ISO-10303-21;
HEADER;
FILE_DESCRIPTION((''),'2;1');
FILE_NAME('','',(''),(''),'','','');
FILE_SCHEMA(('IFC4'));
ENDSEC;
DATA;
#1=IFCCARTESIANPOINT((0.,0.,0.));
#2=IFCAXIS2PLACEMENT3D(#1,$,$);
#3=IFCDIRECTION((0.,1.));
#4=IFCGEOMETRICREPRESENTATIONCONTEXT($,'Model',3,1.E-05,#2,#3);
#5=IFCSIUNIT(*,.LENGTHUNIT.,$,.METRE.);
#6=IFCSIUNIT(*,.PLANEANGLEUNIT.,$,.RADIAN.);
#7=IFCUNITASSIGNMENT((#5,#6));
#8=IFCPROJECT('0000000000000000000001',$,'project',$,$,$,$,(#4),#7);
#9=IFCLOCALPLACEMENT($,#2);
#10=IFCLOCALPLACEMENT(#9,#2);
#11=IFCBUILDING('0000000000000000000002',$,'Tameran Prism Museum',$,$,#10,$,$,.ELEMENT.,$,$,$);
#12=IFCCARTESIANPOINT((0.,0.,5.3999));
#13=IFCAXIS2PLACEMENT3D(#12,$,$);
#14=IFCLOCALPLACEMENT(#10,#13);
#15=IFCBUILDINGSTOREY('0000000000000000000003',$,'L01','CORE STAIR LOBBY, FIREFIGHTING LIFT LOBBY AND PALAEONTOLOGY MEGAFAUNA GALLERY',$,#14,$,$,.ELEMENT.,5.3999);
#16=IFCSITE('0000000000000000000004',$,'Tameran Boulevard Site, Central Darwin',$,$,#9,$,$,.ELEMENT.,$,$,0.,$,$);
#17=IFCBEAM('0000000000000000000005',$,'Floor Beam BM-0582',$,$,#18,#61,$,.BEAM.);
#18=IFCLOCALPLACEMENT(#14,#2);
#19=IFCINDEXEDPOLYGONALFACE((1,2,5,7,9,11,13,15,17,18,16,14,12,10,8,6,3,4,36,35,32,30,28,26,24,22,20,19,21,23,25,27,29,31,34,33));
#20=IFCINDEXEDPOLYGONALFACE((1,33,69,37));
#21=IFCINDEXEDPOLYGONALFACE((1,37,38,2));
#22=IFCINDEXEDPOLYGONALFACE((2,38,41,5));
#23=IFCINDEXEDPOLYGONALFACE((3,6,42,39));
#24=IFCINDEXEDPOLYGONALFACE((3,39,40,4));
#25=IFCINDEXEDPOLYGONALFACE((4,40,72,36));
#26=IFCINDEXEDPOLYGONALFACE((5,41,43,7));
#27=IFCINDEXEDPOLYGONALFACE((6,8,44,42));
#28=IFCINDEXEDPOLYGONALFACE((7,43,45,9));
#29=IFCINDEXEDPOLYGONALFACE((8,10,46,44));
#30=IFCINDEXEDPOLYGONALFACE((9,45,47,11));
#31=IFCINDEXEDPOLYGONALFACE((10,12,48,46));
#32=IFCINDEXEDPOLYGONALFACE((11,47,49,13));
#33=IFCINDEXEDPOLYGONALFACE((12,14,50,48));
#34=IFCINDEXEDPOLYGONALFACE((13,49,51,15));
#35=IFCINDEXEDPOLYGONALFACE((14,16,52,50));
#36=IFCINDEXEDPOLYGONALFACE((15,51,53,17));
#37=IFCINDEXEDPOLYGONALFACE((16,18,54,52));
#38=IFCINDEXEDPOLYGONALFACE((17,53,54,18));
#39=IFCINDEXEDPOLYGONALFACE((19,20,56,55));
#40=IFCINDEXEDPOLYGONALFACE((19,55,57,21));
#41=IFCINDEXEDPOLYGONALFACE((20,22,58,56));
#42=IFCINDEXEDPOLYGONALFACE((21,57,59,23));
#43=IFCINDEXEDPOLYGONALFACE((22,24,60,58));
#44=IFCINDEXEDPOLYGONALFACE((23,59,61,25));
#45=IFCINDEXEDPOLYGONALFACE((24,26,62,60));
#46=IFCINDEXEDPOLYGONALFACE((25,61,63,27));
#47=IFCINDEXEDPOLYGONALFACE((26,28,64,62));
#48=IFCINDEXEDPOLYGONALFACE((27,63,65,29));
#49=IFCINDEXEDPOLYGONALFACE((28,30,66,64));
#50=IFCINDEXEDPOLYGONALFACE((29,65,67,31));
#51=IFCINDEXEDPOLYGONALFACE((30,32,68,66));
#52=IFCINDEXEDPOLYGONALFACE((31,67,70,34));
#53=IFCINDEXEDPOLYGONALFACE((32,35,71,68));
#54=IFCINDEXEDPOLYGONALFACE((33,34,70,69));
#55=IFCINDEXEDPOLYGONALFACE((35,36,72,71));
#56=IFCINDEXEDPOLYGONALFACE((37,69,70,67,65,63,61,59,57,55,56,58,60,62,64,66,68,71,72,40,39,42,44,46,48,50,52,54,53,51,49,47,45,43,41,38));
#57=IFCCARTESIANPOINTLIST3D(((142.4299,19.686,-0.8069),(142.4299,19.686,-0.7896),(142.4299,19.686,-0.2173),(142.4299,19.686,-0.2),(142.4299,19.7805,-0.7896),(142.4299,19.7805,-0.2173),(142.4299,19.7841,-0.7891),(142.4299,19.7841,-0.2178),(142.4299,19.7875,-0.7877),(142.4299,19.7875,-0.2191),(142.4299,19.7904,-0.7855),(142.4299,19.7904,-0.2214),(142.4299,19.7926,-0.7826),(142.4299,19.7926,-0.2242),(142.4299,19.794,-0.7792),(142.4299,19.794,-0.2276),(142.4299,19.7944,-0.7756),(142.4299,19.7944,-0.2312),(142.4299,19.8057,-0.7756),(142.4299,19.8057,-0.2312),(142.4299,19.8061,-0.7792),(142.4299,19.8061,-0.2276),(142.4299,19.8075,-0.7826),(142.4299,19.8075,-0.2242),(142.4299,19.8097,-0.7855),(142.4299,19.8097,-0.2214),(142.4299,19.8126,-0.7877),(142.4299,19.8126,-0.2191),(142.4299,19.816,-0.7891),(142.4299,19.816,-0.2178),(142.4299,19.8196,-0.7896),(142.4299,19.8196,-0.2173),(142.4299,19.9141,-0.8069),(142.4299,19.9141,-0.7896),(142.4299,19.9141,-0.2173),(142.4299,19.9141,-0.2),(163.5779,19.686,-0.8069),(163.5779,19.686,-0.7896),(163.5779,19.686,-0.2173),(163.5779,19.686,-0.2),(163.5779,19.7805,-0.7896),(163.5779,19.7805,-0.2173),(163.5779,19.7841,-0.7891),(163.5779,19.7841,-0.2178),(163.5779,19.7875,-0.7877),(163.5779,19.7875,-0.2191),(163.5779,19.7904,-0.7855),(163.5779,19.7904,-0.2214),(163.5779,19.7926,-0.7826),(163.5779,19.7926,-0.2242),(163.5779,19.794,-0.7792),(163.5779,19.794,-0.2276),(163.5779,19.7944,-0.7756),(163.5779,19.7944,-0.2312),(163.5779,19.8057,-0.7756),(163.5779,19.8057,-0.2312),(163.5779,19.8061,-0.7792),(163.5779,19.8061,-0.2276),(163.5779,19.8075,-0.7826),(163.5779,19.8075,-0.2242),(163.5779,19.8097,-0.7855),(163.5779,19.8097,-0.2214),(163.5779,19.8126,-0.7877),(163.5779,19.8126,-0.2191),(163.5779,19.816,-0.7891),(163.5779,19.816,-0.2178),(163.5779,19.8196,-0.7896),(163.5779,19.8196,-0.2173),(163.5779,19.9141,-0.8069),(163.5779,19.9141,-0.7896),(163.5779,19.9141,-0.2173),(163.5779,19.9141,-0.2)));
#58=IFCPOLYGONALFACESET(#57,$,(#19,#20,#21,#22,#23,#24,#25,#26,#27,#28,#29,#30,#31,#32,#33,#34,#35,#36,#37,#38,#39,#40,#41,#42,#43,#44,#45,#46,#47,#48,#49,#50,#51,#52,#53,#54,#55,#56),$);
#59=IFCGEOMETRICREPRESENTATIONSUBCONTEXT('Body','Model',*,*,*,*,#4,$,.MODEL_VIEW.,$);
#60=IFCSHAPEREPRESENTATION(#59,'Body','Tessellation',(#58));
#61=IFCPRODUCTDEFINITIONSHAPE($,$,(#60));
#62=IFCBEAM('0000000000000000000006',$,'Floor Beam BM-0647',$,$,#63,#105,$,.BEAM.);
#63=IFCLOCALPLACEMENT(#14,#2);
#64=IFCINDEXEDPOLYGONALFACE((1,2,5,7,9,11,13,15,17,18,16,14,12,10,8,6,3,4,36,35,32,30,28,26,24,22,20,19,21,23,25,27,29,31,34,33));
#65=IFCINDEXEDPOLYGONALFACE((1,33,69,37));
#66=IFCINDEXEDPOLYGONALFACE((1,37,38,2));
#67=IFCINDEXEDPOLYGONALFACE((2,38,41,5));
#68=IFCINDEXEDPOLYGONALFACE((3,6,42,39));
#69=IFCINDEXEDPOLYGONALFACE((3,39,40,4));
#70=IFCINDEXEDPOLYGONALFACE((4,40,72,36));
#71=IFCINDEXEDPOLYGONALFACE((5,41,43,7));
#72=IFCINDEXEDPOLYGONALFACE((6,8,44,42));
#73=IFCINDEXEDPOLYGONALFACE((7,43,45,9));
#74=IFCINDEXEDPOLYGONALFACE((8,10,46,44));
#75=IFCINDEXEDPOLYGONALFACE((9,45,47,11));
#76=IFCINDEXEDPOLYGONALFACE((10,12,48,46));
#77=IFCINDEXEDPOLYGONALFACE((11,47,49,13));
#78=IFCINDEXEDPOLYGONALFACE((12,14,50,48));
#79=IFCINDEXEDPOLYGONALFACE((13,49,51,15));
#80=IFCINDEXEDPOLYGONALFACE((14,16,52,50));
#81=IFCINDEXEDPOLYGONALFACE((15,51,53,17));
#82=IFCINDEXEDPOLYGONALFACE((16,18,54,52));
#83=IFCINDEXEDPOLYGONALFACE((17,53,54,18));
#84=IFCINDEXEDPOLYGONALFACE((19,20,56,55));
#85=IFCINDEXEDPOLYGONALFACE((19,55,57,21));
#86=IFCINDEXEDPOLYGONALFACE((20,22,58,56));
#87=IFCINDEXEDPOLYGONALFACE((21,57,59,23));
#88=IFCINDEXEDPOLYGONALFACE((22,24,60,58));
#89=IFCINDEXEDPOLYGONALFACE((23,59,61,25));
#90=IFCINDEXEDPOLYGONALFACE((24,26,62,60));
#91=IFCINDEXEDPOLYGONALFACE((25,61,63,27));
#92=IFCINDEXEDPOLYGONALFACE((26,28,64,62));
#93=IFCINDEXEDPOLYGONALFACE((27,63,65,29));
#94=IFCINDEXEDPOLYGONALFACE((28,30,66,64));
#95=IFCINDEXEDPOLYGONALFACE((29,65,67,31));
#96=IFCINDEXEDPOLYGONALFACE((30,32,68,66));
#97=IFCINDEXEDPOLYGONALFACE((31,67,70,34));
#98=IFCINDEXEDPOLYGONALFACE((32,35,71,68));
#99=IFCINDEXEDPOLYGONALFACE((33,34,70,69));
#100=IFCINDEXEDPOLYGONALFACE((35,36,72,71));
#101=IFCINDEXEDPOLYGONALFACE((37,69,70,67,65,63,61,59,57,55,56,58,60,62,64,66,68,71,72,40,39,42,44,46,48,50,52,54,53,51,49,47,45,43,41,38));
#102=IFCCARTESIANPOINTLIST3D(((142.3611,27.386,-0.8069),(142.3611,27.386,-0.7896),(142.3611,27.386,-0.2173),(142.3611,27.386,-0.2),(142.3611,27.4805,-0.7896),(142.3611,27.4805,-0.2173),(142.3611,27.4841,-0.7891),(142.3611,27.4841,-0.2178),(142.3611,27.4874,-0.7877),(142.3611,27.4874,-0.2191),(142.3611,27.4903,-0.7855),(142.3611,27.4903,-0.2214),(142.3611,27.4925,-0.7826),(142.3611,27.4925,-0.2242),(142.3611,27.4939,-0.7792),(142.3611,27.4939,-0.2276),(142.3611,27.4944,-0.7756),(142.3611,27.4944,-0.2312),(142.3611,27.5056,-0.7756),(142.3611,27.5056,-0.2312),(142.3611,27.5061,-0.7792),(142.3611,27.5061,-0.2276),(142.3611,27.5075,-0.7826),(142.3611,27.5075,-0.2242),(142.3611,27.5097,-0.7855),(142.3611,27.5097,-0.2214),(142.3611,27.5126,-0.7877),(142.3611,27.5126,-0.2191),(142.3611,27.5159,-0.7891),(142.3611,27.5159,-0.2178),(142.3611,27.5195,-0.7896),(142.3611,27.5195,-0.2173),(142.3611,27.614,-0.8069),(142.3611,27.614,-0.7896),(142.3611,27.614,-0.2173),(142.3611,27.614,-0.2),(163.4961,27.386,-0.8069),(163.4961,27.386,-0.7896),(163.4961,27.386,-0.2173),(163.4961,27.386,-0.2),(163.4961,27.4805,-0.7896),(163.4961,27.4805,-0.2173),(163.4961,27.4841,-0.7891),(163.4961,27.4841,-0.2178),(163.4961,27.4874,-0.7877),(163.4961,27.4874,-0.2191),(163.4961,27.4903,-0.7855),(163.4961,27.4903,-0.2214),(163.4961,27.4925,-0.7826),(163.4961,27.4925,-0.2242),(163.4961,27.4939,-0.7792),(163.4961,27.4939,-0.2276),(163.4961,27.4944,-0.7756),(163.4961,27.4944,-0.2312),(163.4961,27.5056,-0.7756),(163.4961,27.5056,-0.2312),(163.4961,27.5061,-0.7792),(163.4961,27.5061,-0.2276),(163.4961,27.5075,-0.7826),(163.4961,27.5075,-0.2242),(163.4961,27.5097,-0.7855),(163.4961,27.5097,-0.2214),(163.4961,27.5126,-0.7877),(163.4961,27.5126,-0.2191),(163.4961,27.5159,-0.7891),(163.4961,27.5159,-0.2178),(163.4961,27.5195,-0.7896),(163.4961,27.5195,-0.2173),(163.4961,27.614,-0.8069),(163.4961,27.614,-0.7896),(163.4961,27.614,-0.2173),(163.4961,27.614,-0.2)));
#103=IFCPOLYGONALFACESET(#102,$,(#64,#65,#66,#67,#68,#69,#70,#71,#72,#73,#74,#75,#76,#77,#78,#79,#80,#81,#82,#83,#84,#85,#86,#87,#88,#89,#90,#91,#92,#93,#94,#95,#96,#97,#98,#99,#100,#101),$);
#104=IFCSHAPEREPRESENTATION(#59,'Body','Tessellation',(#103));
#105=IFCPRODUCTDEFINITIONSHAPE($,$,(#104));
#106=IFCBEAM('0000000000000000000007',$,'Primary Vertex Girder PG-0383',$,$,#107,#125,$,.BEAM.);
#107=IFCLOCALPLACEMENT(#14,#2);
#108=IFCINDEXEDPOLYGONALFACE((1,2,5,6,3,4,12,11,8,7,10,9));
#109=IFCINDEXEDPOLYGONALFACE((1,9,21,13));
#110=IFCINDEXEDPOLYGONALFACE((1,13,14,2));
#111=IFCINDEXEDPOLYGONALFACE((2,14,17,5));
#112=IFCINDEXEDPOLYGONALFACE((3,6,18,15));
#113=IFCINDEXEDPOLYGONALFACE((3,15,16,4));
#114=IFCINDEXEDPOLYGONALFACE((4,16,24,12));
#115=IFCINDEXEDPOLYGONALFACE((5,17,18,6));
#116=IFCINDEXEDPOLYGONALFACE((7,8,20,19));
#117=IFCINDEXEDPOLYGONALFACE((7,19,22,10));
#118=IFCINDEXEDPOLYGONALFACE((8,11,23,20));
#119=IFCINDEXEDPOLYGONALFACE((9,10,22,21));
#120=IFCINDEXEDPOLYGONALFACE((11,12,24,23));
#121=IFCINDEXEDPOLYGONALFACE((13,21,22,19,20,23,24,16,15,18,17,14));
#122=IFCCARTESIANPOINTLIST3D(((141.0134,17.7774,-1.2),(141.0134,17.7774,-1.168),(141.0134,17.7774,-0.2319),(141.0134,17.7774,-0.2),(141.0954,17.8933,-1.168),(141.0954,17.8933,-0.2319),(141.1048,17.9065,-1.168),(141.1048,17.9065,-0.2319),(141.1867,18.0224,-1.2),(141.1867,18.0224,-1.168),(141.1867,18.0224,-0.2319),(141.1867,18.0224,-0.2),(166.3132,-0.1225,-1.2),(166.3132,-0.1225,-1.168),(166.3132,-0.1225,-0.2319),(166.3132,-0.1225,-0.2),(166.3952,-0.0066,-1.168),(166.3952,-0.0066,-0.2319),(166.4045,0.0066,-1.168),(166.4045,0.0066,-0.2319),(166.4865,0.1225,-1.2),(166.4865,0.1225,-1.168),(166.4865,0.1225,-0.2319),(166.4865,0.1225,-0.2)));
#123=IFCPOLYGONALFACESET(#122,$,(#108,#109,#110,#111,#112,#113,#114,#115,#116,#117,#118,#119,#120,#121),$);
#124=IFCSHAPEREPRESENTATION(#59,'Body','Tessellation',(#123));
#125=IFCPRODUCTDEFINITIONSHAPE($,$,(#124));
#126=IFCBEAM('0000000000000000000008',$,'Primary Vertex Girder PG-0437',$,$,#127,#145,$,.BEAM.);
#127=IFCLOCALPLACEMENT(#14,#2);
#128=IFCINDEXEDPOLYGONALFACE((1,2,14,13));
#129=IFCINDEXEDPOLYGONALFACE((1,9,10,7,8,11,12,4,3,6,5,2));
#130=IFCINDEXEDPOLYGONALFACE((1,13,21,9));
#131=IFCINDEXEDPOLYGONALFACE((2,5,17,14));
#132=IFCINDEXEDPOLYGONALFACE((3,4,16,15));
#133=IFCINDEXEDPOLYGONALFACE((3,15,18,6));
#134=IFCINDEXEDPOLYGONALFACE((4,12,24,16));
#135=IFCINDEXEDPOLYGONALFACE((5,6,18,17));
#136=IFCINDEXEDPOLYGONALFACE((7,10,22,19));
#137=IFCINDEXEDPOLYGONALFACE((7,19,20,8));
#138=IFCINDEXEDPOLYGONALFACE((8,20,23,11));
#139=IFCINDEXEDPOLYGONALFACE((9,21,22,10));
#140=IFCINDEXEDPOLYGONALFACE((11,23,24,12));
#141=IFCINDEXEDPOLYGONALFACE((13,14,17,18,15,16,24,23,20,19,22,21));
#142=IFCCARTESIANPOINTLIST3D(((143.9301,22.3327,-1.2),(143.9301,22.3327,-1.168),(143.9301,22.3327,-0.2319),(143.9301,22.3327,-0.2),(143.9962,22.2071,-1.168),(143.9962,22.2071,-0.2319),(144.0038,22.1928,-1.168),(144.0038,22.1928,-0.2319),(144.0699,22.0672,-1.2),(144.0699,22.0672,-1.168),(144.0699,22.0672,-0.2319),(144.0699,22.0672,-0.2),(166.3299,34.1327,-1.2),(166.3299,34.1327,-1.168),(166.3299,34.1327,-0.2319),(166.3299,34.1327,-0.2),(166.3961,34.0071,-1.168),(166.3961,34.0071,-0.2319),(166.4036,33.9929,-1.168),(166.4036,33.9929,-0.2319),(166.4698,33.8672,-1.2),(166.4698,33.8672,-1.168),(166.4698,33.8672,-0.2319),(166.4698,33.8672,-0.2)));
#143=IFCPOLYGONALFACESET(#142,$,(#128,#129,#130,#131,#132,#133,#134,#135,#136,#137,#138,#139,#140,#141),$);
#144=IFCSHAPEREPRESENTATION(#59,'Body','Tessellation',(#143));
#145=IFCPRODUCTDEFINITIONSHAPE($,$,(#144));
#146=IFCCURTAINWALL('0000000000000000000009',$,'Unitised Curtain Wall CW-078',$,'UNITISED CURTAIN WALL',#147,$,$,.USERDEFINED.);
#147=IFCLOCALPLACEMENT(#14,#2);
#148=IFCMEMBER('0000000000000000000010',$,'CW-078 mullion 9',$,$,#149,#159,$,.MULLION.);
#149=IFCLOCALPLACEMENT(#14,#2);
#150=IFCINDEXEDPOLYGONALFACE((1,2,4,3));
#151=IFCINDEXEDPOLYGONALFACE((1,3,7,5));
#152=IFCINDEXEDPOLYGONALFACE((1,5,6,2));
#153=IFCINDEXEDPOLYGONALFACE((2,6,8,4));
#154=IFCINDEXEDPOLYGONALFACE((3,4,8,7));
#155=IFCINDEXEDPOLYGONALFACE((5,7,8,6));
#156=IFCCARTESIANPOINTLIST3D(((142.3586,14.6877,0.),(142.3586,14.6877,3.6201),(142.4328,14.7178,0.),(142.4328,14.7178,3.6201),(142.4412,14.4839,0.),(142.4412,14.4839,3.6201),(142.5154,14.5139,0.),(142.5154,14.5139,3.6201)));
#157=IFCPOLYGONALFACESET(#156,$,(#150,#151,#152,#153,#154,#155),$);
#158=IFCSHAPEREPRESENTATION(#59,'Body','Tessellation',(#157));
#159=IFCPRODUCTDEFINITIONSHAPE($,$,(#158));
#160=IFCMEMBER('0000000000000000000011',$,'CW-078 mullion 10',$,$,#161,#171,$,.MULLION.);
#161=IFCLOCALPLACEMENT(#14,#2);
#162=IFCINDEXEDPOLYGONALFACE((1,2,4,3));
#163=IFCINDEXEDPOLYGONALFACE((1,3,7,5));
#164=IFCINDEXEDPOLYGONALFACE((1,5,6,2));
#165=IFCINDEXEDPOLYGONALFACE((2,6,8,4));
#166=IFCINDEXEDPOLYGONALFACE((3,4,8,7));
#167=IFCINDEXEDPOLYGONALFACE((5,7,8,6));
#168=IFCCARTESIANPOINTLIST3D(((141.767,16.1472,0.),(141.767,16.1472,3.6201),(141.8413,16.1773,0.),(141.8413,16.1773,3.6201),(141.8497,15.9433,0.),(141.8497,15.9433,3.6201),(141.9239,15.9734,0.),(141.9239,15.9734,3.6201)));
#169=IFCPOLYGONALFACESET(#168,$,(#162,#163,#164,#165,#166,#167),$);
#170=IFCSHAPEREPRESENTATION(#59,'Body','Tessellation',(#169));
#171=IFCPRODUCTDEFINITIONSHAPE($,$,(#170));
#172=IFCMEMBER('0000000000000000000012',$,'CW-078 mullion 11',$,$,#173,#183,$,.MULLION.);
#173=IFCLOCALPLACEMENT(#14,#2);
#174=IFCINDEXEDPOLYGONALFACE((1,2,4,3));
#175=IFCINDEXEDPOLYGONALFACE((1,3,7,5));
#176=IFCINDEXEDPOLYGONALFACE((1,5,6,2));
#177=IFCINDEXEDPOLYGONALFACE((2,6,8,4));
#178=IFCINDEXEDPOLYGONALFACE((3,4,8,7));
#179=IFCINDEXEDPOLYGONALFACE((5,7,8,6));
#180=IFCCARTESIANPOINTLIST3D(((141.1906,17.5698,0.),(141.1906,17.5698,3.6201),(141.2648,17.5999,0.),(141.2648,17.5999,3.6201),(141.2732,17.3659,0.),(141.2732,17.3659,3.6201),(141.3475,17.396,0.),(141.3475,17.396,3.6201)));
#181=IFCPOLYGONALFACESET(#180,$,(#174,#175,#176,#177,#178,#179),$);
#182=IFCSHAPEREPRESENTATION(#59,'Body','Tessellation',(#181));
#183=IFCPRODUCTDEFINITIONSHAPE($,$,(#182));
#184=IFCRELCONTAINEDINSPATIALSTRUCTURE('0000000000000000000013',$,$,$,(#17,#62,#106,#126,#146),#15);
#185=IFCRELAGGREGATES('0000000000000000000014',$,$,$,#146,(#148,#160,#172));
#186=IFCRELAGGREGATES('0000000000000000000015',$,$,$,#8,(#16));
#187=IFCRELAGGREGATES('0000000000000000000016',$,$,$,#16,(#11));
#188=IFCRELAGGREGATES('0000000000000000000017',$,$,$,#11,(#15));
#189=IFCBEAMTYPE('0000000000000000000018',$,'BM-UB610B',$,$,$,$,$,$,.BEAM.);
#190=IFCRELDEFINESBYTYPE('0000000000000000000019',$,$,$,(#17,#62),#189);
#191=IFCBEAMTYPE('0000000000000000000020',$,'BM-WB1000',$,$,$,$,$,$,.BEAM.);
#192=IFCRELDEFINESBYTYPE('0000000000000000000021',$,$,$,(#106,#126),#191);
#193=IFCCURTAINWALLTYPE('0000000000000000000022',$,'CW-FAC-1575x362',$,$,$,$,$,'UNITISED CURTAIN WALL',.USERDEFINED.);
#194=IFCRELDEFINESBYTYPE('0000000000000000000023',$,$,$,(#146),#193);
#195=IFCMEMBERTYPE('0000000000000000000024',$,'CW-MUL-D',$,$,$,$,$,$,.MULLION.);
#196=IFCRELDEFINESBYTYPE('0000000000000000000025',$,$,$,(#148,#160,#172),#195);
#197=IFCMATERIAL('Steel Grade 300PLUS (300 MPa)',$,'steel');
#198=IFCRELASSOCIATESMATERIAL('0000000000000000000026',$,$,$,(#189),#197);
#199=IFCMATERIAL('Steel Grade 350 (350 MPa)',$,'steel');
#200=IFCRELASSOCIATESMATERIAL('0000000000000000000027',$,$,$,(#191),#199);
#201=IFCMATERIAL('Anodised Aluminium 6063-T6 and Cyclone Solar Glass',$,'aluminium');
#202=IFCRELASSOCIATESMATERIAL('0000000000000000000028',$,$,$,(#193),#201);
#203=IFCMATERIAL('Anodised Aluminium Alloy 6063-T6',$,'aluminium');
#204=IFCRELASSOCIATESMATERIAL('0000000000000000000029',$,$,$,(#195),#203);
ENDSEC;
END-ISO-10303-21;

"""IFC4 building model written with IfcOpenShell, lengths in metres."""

from ifc_helpers import new_model, si_unit, direction, frame, origin, origin_2d, place, context, subcontext, project, spatial, rectangle, i_section, extrude, material, material_profile, profile_set, type_object, element, aggregate, save


model = new_model("IFC4")

# Units and contexts
model_context = context("Model", 3, precision=1e-05, world=origin(), true_north=direction((0.0, 1.0)))
body_context = subcontext(model_context, "Body", "Model", "MODEL_VIEW")
ifc_project = project(units=[si_unit("LENGTHUNIT", "METRE"), si_unit("PLANEANGLEUNIT", "RADIAN")], contexts=[model_context])

# Site, building, storey
site_placement = place(None, origin())
site = spatial("IfcSite", under=ifc_project, at=site_placement, Name="Tameran Boulevard Site, Central Darwin", CompositionType="ELEMENT", RefElevation=0.0)
building_placement = place(site_placement, origin())
building = spatial("IfcBuilding", under=site, at=building_placement, Name="Tameran Prism Museum", CompositionType="ELEMENT")
storey_placement = place(building_placement, frame((0.0, 0.0, 5.3999)))
storey = spatial("IfcBuildingStorey", under=building, at=storey_placement, Name="L01", Description="CORE STAIR LOBBY, FIREFIGHTING LIFT LOBBY AND PALAEONTOLOGY MEGAFAUNA GALLERY", CompositionType="ELEMENT", Elevation=5.3999)

# Beams
ifc_material_1 = material(Name="Steel Grade 300PLUS (300 MPa)", Category="steel")
ifc_material_profile_1 = material_profile(ifc_material_1, i_section(OverallWidth=0.228, OverallDepth=0.6069, WebThickness=0.0112, FlangeThickness=0.0173, FilletRadius=0.0139, at=origin_2d()))
ifc_profile_set_1 = profile_set([ifc_material_profile_1])
beam_type_1 = type_object("IfcBeamType", Name="BM-UB610B", PredefinedType="BEAM", material=ifc_profile_set_1)
beam_1_placement = place(storey_placement, frame((142.4299, 19.8, -0.5034), z_axis=(1.0, 0.0, 0.0), x_axis=(0.0, 1.0, 0.0)))
element("IfcBeam", 1, at=beam_1_placement, inside=storey, type_object=beam_type_1, Name="Floor Beam BM-0582", PredefinedType="BEAM", context=body_context, shape_type="SweptSolid", body=[
    extrude(i_section(OverallWidth=0.228, OverallDepth=0.6069, WebThickness=0.0112, FlangeThickness=0.0173, FilletRadius=0.0139, at=origin_2d()), origin(), (0.0, 0.0, 1.0), 21.1479),
])
beam_2_placement = place(storey_placement, frame((142.3611, 27.5, -0.5034), z_axis=(1.0, 0.0, 0.0), x_axis=(0.0, 1.0, 0.0)))
element("IfcBeam", 2, at=beam_2_placement, inside=storey, type_object=beam_type_1, Name="Floor Beam BM-0647", PredefinedType="BEAM", context=body_context, shape_type="SweptSolid", body=[
    extrude(i_section(OverallWidth=0.228, OverallDepth=0.6069, WebThickness=0.0112, FlangeThickness=0.0173, FilletRadius=0.0139, at=origin_2d()), origin(), (0.0, 0.0, 1.0), 21.135),
])
ifc_material_2 = material(Name="Steel Grade 350 (350 MPa)", Category="steel")
ifc_material_profile_2 = material_profile(ifc_material_2, i_section(OverallWidth=0.3, OverallDepth=1.0, WebThickness=0.0161, FlangeThickness=0.032, at=origin_2d()))
ifc_profile_set_2 = profile_set([ifc_material_profile_2])
beam_type_2 = type_object("IfcBeamType", Name="BM-WB1000", PredefinedType="BEAM", material=ifc_profile_set_2)
beam_3_placement = place(storey_placement, frame((141.1001, 17.8999, -0.7), z_axis=(0.816341, -0.57757, 0.0), x_axis=(0.57757, 0.816341, 0.0)))
element("IfcBeam", 3, at=beam_3_placement, inside=storey, type_object=beam_type_2, Name="Primary Vertex Girder PG-0383", PredefinedType="BEAM", context=body_context, shape_type="SweptSolid", body=[
    extrude(i_section(OverallWidth=0.3, OverallDepth=1.0, WebThickness=0.0161, FlangeThickness=0.032, at=origin_2d()), origin(), (0.0, 0.0, 1.0), 30.9917),
])
beam_4_placement = place(storey_placement, frame((144.0, 22.2, -0.7), z_axis=(0.884745, 0.466075, 0.0), x_axis=(-0.466075, 0.884745, 0.0)))
element("IfcBeam", 4, at=beam_4_placement, inside=storey, type_object=beam_type_2, Name="Primary Vertex Girder PG-0437", PredefinedType="BEAM", context=body_context, shape_type="SweptSolid", body=[
    extrude(i_section(OverallWidth=0.3, OverallDepth=1.0, WebThickness=0.0161, FlangeThickness=0.032, at=origin_2d()), origin(), (0.0, 0.0, 1.0), 25.3179),
])

# Curtain wall, members
ifc_material_3 = material(Name="Anodised Aluminium 6063-T6 and Cyclone Solar Glass", Category="aluminium")
curtain_wall_type = type_object("IfcCurtainWallType", Name="CW-FAC-1575x362", ElementType="UNITISED CURTAIN WALL", PredefinedType="USERDEFINED", material=ifc_material_3)
curtain_wall_placement = place(storey_placement, origin())
curtain_wall = element("IfcCurtainWall", 5, at=curtain_wall_placement, inside=storey, type_object=curtain_wall_type, Name="Unitised Curtain Wall CW-078", ObjectType="UNITISED CURTAIN WALL", PredefinedType="USERDEFINED")
ifc_material_4 = material(Name="Anodised Aluminium Alloy 6063-T6", Category="aluminium")
ifc_material_profile_3 = material_profile(ifc_material_4, rectangle(XDim=0.0801, YDim=0.22, at=origin_2d()))
ifc_profile_set_3 = profile_set([ifc_material_profile_3])
member_type_1 = type_object("IfcMemberType", Name="CW-MUL-D", PredefinedType="MULLION", material=ifc_profile_set_3)
member_1_placement = place(storey_placement, frame((142.437, 14.6008, 0.0), z_axis=(0.0, 0.0, 1.0), x_axis=(-0.92679, -0.37558, 0.0)))
member_1 = element("IfcMember", 6, at=member_1_placement, type_object=member_type_1, Name="CW-078 mullion 9", PredefinedType="MULLION", context=body_context, shape_type="SweptSolid", body=[
    extrude(rectangle(XDim=0.0801, YDim=0.22, at=origin_2d()), origin(), (0.0, 0.0, 1.0), 3.6201),
])
member_2_placement = place(storey_placement, frame((141.8455, 16.0603, 0.0), z_axis=(0.0, 0.0, 1.0), x_axis=(-0.92679, -0.37558, 0.0)))
member_2 = element("IfcMember", 7, at=member_2_placement, type_object=member_type_1, Name="CW-078 mullion 10", PredefinedType="MULLION", context=body_context, shape_type="SweptSolid", body=[
    extrude(rectangle(XDim=0.0801, YDim=0.22, at=origin_2d()), origin(), (0.0, 0.0, 1.0), 3.6201),
])
member_3_placement = place(storey_placement, frame((141.269, 17.4829, 0.0), z_axis=(0.0, 0.0, 1.0), x_axis=(-0.92679, -0.37558, 0.0)))
member_3 = element("IfcMember", 8, at=member_3_placement, type_object=member_type_1, Name="CW-078 mullion 11", PredefinedType="MULLION", context=body_context, shape_type="SweptSolid", body=[
    extrude(rectangle(XDim=0.0801, YDim=0.22, at=origin_2d()), origin(), (0.0, 0.0, 1.0), 3.6201),
])
aggregate(curtain_wall, [member_1, member_2, member_3])

save(model, "model.ifc")
